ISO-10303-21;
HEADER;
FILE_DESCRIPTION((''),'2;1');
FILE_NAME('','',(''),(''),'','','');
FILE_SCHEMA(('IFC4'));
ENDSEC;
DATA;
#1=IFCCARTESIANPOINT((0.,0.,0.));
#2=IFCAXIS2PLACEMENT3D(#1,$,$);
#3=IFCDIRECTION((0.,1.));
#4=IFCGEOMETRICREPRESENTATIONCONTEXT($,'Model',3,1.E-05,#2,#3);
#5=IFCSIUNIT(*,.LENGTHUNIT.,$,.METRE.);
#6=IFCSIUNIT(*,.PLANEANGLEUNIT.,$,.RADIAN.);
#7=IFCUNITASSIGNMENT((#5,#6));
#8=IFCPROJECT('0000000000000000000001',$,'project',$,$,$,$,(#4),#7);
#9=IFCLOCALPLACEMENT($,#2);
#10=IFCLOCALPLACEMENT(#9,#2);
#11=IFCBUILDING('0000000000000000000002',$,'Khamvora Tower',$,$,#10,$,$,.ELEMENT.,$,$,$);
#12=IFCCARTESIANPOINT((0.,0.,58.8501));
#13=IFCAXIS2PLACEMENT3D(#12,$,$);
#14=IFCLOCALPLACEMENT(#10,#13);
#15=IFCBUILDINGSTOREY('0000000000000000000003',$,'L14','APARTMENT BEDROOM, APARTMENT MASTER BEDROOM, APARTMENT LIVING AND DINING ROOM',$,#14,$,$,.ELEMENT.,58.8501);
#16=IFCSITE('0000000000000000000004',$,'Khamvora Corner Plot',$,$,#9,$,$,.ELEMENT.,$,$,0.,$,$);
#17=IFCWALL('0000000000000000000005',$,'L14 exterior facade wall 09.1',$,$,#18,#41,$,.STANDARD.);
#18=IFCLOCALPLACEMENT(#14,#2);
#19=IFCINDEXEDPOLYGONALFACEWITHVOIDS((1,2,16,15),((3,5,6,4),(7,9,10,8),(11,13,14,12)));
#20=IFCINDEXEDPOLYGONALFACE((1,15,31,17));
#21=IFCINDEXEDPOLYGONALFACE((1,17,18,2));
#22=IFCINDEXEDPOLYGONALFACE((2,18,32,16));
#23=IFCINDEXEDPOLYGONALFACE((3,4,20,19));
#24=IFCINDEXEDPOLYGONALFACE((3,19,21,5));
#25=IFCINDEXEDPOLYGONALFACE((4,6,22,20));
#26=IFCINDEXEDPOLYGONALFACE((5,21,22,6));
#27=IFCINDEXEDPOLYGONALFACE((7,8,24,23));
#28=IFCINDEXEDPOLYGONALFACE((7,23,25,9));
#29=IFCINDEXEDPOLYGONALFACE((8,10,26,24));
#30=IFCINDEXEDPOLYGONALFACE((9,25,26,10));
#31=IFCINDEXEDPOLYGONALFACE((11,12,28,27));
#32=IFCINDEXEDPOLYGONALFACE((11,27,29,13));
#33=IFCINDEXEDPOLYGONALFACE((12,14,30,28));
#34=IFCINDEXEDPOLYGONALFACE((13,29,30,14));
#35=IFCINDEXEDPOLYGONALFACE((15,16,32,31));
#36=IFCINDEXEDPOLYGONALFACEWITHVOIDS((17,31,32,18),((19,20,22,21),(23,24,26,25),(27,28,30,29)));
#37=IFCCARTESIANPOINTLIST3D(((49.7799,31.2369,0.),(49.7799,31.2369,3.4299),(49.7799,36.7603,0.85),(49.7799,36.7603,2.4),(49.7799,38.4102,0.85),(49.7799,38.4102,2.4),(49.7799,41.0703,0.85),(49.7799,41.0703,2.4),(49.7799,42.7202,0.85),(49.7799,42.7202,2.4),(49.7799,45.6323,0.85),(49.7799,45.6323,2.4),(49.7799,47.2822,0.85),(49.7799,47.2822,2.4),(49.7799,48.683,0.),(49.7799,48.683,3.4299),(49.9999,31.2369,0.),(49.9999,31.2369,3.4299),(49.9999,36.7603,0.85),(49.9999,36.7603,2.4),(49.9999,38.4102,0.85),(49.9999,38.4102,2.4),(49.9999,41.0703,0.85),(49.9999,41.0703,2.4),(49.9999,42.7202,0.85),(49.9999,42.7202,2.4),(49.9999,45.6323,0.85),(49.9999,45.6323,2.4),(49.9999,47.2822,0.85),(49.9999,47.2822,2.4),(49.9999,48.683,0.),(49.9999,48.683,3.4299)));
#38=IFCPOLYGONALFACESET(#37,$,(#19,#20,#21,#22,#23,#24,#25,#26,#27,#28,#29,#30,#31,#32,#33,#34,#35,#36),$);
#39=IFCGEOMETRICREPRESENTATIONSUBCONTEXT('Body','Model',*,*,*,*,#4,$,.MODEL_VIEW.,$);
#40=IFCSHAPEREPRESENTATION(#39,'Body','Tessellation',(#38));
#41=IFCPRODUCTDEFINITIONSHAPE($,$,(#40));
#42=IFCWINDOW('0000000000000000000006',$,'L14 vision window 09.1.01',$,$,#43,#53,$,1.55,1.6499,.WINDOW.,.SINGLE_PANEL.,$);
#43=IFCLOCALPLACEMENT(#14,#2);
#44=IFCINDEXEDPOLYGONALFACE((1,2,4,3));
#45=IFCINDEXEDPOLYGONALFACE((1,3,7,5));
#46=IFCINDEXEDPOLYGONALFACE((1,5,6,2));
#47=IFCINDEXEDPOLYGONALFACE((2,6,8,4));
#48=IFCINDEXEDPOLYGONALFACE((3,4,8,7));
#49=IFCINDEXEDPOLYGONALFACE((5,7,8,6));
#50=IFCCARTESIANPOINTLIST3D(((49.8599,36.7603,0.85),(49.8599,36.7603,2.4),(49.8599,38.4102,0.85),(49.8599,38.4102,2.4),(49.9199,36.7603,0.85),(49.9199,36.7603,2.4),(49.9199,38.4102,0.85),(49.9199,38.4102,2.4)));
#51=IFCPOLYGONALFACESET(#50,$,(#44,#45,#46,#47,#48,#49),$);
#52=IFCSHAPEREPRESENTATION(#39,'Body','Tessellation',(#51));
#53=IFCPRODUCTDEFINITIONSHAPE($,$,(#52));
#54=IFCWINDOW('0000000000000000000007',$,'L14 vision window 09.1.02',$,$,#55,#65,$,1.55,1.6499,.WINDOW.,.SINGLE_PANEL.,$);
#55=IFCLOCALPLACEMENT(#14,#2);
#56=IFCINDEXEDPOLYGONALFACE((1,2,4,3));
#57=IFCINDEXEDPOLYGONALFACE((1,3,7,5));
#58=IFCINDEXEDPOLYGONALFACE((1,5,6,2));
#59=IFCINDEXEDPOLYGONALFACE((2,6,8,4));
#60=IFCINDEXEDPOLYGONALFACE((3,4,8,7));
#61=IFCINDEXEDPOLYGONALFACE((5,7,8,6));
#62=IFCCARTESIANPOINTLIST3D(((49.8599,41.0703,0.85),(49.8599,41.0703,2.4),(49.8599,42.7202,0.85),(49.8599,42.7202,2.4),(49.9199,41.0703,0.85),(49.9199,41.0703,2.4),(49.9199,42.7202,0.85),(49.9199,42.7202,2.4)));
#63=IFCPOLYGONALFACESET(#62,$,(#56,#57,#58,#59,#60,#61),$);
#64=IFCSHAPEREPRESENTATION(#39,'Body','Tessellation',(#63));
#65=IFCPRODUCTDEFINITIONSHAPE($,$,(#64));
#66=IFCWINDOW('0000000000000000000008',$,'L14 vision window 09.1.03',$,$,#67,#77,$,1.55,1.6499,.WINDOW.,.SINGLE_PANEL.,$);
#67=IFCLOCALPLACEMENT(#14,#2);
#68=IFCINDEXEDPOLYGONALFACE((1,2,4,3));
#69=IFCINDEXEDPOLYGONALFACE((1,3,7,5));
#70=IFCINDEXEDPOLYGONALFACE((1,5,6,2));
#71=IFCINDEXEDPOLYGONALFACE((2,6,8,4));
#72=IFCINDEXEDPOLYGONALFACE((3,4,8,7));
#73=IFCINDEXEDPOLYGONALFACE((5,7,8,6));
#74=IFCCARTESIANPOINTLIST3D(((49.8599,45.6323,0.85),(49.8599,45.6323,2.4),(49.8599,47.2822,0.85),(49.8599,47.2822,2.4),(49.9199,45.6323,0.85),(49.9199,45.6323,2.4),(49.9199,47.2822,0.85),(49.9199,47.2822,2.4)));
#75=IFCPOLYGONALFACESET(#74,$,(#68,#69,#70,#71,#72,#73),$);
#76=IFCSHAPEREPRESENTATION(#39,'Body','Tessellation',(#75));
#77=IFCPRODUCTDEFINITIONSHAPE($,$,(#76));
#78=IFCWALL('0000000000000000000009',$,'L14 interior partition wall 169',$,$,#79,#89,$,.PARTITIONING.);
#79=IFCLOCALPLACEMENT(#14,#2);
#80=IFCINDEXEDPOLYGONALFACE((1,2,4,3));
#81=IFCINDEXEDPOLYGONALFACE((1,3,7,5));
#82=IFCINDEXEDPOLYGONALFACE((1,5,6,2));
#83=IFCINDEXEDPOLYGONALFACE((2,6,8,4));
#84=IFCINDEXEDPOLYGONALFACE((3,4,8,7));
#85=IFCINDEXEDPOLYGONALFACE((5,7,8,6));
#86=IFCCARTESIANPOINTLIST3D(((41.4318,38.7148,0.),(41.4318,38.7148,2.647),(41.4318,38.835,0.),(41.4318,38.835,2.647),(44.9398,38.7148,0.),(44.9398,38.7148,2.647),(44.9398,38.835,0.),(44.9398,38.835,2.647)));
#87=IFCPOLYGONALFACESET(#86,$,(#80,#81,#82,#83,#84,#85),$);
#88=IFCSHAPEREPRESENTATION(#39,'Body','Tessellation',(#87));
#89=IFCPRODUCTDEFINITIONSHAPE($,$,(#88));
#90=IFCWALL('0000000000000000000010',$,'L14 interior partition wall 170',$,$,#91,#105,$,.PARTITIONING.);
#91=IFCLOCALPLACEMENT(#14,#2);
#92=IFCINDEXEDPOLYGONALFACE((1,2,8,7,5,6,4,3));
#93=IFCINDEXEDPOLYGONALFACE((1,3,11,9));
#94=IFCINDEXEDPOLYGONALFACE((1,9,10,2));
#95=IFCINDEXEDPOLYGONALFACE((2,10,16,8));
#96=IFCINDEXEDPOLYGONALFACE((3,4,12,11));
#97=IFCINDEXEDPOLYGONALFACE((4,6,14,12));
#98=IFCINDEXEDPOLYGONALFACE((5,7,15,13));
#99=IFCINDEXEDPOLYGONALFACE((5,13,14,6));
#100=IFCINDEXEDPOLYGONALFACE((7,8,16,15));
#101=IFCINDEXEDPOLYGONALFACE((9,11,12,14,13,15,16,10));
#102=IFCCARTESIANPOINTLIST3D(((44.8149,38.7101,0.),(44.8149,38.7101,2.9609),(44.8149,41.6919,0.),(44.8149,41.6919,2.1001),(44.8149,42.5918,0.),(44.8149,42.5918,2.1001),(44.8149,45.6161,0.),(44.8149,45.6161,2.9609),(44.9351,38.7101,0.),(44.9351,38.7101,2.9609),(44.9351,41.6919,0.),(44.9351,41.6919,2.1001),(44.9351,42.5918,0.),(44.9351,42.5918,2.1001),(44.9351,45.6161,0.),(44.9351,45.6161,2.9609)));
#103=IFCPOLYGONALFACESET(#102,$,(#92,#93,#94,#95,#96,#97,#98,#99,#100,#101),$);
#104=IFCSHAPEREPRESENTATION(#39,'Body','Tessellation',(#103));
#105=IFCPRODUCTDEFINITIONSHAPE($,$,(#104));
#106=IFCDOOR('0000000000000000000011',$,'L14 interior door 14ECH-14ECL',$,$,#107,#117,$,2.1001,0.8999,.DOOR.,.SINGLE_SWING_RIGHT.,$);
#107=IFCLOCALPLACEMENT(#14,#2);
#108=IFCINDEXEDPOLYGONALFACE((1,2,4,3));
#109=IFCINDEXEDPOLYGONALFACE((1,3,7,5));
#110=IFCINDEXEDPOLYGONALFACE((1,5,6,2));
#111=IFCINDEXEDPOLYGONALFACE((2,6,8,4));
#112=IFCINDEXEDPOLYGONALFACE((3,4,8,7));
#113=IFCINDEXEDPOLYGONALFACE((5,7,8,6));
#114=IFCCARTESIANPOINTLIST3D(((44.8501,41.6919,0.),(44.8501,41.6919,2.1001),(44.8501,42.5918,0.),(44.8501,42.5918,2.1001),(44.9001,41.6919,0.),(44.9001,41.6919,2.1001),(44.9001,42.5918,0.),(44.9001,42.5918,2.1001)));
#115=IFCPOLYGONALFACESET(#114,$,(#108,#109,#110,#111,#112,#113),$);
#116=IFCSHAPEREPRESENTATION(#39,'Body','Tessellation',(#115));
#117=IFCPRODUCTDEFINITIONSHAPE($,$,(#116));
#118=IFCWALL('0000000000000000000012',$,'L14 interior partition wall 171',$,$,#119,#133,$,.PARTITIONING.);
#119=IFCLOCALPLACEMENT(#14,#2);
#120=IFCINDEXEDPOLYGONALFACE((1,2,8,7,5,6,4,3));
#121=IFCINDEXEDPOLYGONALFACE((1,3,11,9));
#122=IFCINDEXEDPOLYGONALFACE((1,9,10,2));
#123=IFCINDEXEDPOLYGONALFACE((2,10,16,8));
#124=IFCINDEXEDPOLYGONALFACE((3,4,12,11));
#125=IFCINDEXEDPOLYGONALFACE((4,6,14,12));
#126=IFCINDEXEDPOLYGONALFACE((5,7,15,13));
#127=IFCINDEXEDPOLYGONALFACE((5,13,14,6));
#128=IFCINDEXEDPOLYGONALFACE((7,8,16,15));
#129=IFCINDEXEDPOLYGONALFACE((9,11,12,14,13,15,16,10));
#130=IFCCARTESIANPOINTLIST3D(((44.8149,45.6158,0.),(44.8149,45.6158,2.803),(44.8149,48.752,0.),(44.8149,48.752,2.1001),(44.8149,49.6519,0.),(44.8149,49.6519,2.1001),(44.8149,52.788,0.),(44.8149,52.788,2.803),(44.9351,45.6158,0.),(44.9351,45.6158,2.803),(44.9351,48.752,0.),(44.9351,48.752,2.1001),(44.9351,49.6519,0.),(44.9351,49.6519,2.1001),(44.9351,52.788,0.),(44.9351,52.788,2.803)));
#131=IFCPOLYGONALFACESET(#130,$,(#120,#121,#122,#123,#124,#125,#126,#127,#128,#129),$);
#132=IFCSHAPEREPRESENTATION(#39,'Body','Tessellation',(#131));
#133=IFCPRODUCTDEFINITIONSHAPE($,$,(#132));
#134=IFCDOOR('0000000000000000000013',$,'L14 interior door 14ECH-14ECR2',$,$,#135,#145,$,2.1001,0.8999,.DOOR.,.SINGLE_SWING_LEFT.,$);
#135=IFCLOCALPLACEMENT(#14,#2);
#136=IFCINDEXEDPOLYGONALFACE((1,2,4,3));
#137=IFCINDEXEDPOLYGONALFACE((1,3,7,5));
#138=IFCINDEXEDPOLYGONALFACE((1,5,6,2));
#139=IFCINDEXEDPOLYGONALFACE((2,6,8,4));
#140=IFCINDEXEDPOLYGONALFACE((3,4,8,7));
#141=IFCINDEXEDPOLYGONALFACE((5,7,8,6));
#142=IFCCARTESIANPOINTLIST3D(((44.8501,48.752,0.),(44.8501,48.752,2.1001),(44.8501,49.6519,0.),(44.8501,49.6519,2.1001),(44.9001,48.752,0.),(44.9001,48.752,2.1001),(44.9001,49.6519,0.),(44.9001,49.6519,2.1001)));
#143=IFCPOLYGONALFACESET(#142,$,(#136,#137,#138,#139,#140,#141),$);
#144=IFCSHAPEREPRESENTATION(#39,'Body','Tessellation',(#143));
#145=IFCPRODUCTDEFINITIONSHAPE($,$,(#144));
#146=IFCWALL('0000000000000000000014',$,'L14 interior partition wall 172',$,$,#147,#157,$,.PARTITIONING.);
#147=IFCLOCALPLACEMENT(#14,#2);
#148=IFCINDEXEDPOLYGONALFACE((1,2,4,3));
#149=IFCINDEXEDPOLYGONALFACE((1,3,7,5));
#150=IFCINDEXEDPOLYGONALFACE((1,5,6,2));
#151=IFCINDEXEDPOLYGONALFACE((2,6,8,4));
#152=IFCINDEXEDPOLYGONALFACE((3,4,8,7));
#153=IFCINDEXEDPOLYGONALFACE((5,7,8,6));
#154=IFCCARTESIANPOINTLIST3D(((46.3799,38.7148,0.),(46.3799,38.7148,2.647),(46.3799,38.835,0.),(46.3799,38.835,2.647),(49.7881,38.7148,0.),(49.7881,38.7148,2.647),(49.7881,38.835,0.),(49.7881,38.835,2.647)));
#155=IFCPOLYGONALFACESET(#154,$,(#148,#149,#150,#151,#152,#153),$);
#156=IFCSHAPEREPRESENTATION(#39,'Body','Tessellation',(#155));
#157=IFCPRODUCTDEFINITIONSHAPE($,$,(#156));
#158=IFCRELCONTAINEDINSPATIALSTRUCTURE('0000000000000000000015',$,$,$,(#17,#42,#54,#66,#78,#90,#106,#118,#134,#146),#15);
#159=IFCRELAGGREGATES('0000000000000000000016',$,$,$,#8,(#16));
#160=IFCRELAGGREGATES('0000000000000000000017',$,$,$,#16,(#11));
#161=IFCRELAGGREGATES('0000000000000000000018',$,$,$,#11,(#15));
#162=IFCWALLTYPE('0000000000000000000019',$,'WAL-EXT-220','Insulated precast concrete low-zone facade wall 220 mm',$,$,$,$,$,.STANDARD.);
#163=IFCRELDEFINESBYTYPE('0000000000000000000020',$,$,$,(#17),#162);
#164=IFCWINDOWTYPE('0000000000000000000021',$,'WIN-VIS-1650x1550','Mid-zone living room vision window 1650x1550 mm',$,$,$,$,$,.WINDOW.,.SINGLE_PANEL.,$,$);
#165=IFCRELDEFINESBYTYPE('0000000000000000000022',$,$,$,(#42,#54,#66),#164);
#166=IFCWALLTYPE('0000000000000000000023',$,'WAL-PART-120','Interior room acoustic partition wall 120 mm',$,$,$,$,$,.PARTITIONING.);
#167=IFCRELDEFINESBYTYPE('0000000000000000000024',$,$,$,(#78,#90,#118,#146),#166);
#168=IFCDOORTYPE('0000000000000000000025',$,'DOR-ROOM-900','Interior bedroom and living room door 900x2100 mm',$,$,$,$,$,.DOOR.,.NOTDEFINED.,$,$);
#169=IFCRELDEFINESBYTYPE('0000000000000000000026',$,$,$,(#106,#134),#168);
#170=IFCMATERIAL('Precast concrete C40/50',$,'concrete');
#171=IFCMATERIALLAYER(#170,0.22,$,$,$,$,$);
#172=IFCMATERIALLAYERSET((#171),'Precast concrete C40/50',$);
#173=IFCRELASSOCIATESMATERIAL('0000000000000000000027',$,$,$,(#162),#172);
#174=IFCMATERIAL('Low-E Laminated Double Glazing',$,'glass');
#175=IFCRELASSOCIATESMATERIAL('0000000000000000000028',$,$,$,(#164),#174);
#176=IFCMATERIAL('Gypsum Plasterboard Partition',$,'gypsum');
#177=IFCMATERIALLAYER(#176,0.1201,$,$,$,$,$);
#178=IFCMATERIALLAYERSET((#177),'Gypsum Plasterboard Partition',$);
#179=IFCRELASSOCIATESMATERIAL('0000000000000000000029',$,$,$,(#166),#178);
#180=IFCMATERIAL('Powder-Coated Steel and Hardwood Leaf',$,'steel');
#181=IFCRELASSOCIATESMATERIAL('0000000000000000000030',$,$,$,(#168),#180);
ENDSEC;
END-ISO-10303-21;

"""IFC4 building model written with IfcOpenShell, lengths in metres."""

from ifc_helpers import new_model, si_unit, direction, frame, frame_2d, origin, place, context, subcontext, project, spatial, rectangle, extrude, material, layer, layer_set, type_object, element, fill, save


model = new_model("IFC4")

# Units and contexts
model_context = context("Model", 3, precision=1e-05, world=origin(), true_north=direction((0.0, 1.0)))
body_context = subcontext(model_context, "Body", "Model", "MODEL_VIEW")
ifc_project = project(units=[si_unit("LENGTHUNIT", "METRE"), si_unit("PLANEANGLEUNIT", "RADIAN")], contexts=[model_context])

# Site, building, storey
site_placement = place(None, origin())
site = spatial("IfcSite", under=ifc_project, at=site_placement, Name="Khamvora Corner Plot", CompositionType="ELEMENT", RefElevation=0.0)
building_placement = place(site_placement, origin())
building = spatial("IfcBuilding", under=site, at=building_placement, Name="Khamvora Tower", CompositionType="ELEMENT")
storey_placement = place(building_placement, frame((0.0, 0.0, 58.8501)))
storey = spatial("IfcBuildingStorey", under=building, at=storey_placement, Name="L14", Description="APARTMENT BEDROOM, APARTMENT MASTER BEDROOM, APARTMENT LIVING AND DINING ROOM", CompositionType="ELEMENT", Elevation=58.8501)

# Shared definitions
ifc_material_1 = material(Name="Precast concrete C40/50", Category="concrete")
ifc_layer_1 = layer(ifc_material_1, 0.22)
ifc_layer_set_1 = layer_set([ifc_layer_1], Name="Precast concrete C40/50")
wall_type_1 = type_object("IfcWallType", Name="WAL-EXT-220", Description="Insulated precast concrete low-zone facade wall 220 mm", PredefinedType="STANDARD", material=ifc_layer_set_1)

# Wall, openings, windows
wall_1_placement = place(storey_placement, frame((49.8899, 48.6831, 0.0), z_axis=(0.0, 0.0, 1.0), x_axis=(0.0, -1.0, 0.0)))
wall_1 = element("IfcWall", 1, at=wall_1_placement, inside=storey, type_object=wall_type_1, Name="L14 exterior facade wall 09.1", PredefinedType="STANDARD", context=body_context, shape_type="SweptSolid", body=[
    extrude(rectangle(XDim=17.446, YDim=0.22, at=frame_2d((8.7231, 0.0))), origin(), (0.0, 0.0, 1.0), 3.4299),
])
opening_1_placement = place(wall_1_placement, frame((10.2729, 0.0, 0.8501)))
opening_1 = element("IfcOpeningElement", 2, at=opening_1_placement, cuts=wall_1, PredefinedType="OPENING", context=body_context, shape_type="SweptSolid", body=[
    extrude(rectangle(XDim=1.6499, YDim=1.55, at=frame_2d((0.825, 0.7749))), frame((0.0, 0.1199, 0.0), z_axis=(0.0, -1.0, 0.0), x_axis=(1.0, 0.0, 0.0)), (0.0, 0.0, 1.0), 0.24),
])
opening_2_placement = place(wall_1_placement, frame((5.9629, 0.0, 0.8501)))
opening_2 = element("IfcOpeningElement", 3, at=opening_2_placement, cuts=wall_1, PredefinedType="OPENING", context=body_context, shape_type="SweptSolid", body=[
    extrude(rectangle(XDim=1.6499, YDim=1.55, at=frame_2d((0.825, 0.7749))), frame((0.0, 0.1199, 0.0), z_axis=(0.0, -1.0, 0.0), x_axis=(1.0, 0.0, 0.0)), (0.0, 0.0, 1.0), 0.24),
])
opening_3_placement = place(wall_1_placement, frame((1.4009, 0.0, 0.8501)))
opening_3 = element("IfcOpeningElement", 4, at=opening_3_placement, cuts=wall_1, PredefinedType="OPENING", context=body_context, shape_type="SweptSolid", body=[
    extrude(rectangle(XDim=1.6499, YDim=1.55, at=frame_2d((0.825, 0.7749))), frame((0.0, 0.1199, 0.0), z_axis=(0.0, -1.0, 0.0), x_axis=(1.0, 0.0, 0.0)), (0.0, 0.0, 1.0), 0.24),
])
ifc_material_2 = material(Name="Low-E Laminated Double Glazing", Category="glass")
window_type = type_object("IfcWindowType", Name="WIN-VIS-1650x1550", Description="Mid-zone living room vision window 1650x1550 mm", PartitioningType="SINGLE_PANEL", PredefinedType="WINDOW", material=ifc_material_2)
window_1_placement = place(opening_1_placement, origin())
window_1 = element("IfcWindow", 5, at=window_1_placement, inside=storey, type_object=window_type, Name="L14 vision window 09.1.01", OverallHeight=1.55, OverallWidth=1.6499, PartitioningType="SINGLE_PANEL", PredefinedType="WINDOW", context=body_context, shape_type="SweptSolid", body=[
    extrude(rectangle(XDim=1.6499, YDim=1.55, at=frame_2d((0.825, 0.7749))), frame((0.0, 0.03, 0.0), z_axis=(0.0, -1.0, 0.0), x_axis=(1.0, 0.0, 0.0)), (0.0, 0.0, 1.0), 0.0601),
])
fill(opening_1, window_1)
window_2_placement = place(opening_2_placement, origin())
window_2 = element("IfcWindow", 6, at=window_2_placement, inside=storey, type_object=window_type, Name="L14 vision window 09.1.02", OverallHeight=1.55, OverallWidth=1.6499, PartitioningType="SINGLE_PANEL", PredefinedType="WINDOW", context=body_context, shape_type="SweptSolid", body=[
    extrude(rectangle(XDim=1.6499, YDim=1.55, at=frame_2d((0.825, 0.7749))), frame((0.0, 0.03, 0.0), z_axis=(0.0, -1.0, 0.0), x_axis=(1.0, 0.0, 0.0)), (0.0, 0.0, 1.0), 0.0601),
])
fill(opening_2, window_2)
window_3_placement = place(opening_3_placement, origin())
window_3 = element("IfcWindow", 7, at=window_3_placement, inside=storey, type_object=window_type, Name="L14 vision window 09.1.03", OverallHeight=1.55, OverallWidth=1.6499, PartitioningType="SINGLE_PANEL", PredefinedType="WINDOW", context=body_context, shape_type="SweptSolid", body=[
    extrude(rectangle(XDim=1.6499, YDim=1.55, at=frame_2d((0.825, 0.7749))), frame((0.0, 0.03, 0.0), z_axis=(0.0, -1.0, 0.0), x_axis=(1.0, 0.0, 0.0)), (0.0, 0.0, 1.0), 0.0601),
])
fill(opening_3, window_3)

# Wall
ifc_material_3 = material(Name="Gypsum Plasterboard Partition", Category="gypsum")
ifc_layer_2 = layer(ifc_material_3, 0.1201)
ifc_layer_set_2 = layer_set([ifc_layer_2], Name="Gypsum Plasterboard Partition")
wall_type_2 = type_object("IfcWallType", Name="WAL-PART-120", Description="Interior room acoustic partition wall 120 mm", PredefinedType="PARTITIONING", material=ifc_layer_set_2)
wall_2_placement = place(storey_placement, frame((41.4319, 38.7749, 0.0), z_axis=(0.0, 0.0, 1.0), x_axis=(1.0, 0.0, 0.0)))
element("IfcWall", 8, at=wall_2_placement, inside=storey, type_object=wall_type_2, Name="L14 interior partition wall 169", PredefinedType="PARTITIONING", context=body_context, shape_type="SweptSolid", body=[
    extrude(rectangle(XDim=3.5081, YDim=0.1201, at=frame_2d((1.7539, 0.0))), origin(), (0.0, 0.0, 1.0), 2.647),
])

# Walls, openings, doors
wall_3_placement = place(storey_placement, frame((44.875, 38.71, 0.0), z_axis=(0.0, 0.0, 1.0), x_axis=(0.0, 1.0, 0.0)))
wall_3 = element("IfcWall", 9, at=wall_3_placement, inside=storey, type_object=wall_type_2, Name="L14 interior partition wall 170", PredefinedType="PARTITIONING", context=body_context, shape_type="SweptSolid", body=[
    extrude(rectangle(XDim=6.906, YDim=0.1201, at=frame_2d((3.4531, 0.0))), origin(), (0.0, 0.0, 1.0), 2.9609),
])
opening_4_placement = place(wall_3_placement, frame((2.9819, 0.0, 0.0)))
opening_4 = element("IfcOpeningElement", 10, at=opening_4_placement, cuts=wall_3, PredefinedType="OPENING", context=body_context, shape_type="SweptSolid", body=[
    extrude(rectangle(XDim=0.8999, YDim=2.1001, at=frame_2d((0.45, 1.05))), frame((0.0, 0.0701, 0.0), z_axis=(0.0, -1.0, 0.0), x_axis=(1.0, 0.0, 0.0)), (0.0, 0.0, 1.0), 0.1401),
])
ifc_material_4 = material(Name="Powder-Coated Steel and Hardwood Leaf", Category="steel")
door_type = type_object("IfcDoorType", Name="DOR-ROOM-900", Description="Interior bedroom and living room door 900x2100 mm", OperationType="NOTDEFINED", PredefinedType="DOOR", material=ifc_material_4)
door_1_placement = place(opening_4_placement, origin())
door_1 = element("IfcDoor", 11, at=door_1_placement, inside=storey, type_object=door_type, Name="L14 interior door 14ECH-14ECL", OperationType="SINGLE_SWING_RIGHT", OverallHeight=2.1001, OverallWidth=0.8999, PredefinedType="DOOR", context=body_context, shape_type="SweptSolid", body=[
    extrude(rectangle(XDim=0.8999, YDim=2.1001, at=frame_2d((0.45, 1.05))), frame((0.0, 0.0249, 0.0), z_axis=(0.0, -1.0, 0.0), x_axis=(1.0, 0.0, 0.0)), (0.0, 0.0, 1.0), 0.05),
])
fill(opening_4, door_1)
wall_4_placement = place(storey_placement, frame((44.875, 45.616, 0.0), z_axis=(0.0, 0.0, 1.0), x_axis=(0.0, 1.0, 0.0)))
wall_4 = element("IfcWall", 12, at=wall_4_placement, inside=storey, type_object=wall_type_2, Name="L14 interior partition wall 171", PredefinedType="PARTITIONING", context=body_context, shape_type="SweptSolid", body=[
    extrude(rectangle(XDim=7.1721, YDim=0.1201, at=frame_2d((3.5859, 0.0))), origin(), (0.0, 0.0, 1.0), 2.803),
])
opening_5_placement = place(wall_4_placement, frame((3.136, 0.0, 0.0)))
opening_5 = element("IfcOpeningElement", 13, at=opening_5_placement, cuts=wall_4, PredefinedType="OPENING", context=body_context, shape_type="SweptSolid", body=[
    extrude(rectangle(XDim=0.8999, YDim=2.1001, at=frame_2d((0.45, 1.05))), frame((0.0, 0.0701, 0.0), z_axis=(0.0, -1.0, 0.0), x_axis=(1.0, 0.0, 0.0)), (0.0, 0.0, 1.0), 0.1401),
])
door_2_placement = place(opening_5_placement, origin())
door_2 = element("IfcDoor", 14, at=door_2_placement, inside=storey, type_object=door_type, Name="L14 interior door 14ECH-14ECR2", OperationType="SINGLE_SWING_LEFT", OverallHeight=2.1001, OverallWidth=0.8999, PredefinedType="DOOR", context=body_context, shape_type="SweptSolid", body=[
    extrude(rectangle(XDim=0.8999, YDim=2.1001, at=frame_2d((0.45, 1.05))), frame((0.0, 0.0249, 0.0), z_axis=(0.0, -1.0, 0.0), x_axis=(1.0, 0.0, 0.0)), (0.0, 0.0, 1.0), 0.05),
])
fill(opening_5, door_2)

# Wall
wall_5_placement = place(storey_placement, frame((46.3799, 38.7749, 0.0), z_axis=(0.0, 0.0, 1.0), x_axis=(1.0, 0.0, 0.0)))
element("IfcWall", 15, at=wall_5_placement, inside=storey, type_object=wall_type_2, Name="L14 interior partition wall 172", PredefinedType="PARTITIONING", context=body_context, shape_type="SweptSolid", body=[
    extrude(rectangle(XDim=3.4082, YDim=0.1201, at=frame_2d((1.7041, 0.0))), origin(), (0.0, 0.0, 1.0), 2.647),
])

save(model, "model.ifc")
